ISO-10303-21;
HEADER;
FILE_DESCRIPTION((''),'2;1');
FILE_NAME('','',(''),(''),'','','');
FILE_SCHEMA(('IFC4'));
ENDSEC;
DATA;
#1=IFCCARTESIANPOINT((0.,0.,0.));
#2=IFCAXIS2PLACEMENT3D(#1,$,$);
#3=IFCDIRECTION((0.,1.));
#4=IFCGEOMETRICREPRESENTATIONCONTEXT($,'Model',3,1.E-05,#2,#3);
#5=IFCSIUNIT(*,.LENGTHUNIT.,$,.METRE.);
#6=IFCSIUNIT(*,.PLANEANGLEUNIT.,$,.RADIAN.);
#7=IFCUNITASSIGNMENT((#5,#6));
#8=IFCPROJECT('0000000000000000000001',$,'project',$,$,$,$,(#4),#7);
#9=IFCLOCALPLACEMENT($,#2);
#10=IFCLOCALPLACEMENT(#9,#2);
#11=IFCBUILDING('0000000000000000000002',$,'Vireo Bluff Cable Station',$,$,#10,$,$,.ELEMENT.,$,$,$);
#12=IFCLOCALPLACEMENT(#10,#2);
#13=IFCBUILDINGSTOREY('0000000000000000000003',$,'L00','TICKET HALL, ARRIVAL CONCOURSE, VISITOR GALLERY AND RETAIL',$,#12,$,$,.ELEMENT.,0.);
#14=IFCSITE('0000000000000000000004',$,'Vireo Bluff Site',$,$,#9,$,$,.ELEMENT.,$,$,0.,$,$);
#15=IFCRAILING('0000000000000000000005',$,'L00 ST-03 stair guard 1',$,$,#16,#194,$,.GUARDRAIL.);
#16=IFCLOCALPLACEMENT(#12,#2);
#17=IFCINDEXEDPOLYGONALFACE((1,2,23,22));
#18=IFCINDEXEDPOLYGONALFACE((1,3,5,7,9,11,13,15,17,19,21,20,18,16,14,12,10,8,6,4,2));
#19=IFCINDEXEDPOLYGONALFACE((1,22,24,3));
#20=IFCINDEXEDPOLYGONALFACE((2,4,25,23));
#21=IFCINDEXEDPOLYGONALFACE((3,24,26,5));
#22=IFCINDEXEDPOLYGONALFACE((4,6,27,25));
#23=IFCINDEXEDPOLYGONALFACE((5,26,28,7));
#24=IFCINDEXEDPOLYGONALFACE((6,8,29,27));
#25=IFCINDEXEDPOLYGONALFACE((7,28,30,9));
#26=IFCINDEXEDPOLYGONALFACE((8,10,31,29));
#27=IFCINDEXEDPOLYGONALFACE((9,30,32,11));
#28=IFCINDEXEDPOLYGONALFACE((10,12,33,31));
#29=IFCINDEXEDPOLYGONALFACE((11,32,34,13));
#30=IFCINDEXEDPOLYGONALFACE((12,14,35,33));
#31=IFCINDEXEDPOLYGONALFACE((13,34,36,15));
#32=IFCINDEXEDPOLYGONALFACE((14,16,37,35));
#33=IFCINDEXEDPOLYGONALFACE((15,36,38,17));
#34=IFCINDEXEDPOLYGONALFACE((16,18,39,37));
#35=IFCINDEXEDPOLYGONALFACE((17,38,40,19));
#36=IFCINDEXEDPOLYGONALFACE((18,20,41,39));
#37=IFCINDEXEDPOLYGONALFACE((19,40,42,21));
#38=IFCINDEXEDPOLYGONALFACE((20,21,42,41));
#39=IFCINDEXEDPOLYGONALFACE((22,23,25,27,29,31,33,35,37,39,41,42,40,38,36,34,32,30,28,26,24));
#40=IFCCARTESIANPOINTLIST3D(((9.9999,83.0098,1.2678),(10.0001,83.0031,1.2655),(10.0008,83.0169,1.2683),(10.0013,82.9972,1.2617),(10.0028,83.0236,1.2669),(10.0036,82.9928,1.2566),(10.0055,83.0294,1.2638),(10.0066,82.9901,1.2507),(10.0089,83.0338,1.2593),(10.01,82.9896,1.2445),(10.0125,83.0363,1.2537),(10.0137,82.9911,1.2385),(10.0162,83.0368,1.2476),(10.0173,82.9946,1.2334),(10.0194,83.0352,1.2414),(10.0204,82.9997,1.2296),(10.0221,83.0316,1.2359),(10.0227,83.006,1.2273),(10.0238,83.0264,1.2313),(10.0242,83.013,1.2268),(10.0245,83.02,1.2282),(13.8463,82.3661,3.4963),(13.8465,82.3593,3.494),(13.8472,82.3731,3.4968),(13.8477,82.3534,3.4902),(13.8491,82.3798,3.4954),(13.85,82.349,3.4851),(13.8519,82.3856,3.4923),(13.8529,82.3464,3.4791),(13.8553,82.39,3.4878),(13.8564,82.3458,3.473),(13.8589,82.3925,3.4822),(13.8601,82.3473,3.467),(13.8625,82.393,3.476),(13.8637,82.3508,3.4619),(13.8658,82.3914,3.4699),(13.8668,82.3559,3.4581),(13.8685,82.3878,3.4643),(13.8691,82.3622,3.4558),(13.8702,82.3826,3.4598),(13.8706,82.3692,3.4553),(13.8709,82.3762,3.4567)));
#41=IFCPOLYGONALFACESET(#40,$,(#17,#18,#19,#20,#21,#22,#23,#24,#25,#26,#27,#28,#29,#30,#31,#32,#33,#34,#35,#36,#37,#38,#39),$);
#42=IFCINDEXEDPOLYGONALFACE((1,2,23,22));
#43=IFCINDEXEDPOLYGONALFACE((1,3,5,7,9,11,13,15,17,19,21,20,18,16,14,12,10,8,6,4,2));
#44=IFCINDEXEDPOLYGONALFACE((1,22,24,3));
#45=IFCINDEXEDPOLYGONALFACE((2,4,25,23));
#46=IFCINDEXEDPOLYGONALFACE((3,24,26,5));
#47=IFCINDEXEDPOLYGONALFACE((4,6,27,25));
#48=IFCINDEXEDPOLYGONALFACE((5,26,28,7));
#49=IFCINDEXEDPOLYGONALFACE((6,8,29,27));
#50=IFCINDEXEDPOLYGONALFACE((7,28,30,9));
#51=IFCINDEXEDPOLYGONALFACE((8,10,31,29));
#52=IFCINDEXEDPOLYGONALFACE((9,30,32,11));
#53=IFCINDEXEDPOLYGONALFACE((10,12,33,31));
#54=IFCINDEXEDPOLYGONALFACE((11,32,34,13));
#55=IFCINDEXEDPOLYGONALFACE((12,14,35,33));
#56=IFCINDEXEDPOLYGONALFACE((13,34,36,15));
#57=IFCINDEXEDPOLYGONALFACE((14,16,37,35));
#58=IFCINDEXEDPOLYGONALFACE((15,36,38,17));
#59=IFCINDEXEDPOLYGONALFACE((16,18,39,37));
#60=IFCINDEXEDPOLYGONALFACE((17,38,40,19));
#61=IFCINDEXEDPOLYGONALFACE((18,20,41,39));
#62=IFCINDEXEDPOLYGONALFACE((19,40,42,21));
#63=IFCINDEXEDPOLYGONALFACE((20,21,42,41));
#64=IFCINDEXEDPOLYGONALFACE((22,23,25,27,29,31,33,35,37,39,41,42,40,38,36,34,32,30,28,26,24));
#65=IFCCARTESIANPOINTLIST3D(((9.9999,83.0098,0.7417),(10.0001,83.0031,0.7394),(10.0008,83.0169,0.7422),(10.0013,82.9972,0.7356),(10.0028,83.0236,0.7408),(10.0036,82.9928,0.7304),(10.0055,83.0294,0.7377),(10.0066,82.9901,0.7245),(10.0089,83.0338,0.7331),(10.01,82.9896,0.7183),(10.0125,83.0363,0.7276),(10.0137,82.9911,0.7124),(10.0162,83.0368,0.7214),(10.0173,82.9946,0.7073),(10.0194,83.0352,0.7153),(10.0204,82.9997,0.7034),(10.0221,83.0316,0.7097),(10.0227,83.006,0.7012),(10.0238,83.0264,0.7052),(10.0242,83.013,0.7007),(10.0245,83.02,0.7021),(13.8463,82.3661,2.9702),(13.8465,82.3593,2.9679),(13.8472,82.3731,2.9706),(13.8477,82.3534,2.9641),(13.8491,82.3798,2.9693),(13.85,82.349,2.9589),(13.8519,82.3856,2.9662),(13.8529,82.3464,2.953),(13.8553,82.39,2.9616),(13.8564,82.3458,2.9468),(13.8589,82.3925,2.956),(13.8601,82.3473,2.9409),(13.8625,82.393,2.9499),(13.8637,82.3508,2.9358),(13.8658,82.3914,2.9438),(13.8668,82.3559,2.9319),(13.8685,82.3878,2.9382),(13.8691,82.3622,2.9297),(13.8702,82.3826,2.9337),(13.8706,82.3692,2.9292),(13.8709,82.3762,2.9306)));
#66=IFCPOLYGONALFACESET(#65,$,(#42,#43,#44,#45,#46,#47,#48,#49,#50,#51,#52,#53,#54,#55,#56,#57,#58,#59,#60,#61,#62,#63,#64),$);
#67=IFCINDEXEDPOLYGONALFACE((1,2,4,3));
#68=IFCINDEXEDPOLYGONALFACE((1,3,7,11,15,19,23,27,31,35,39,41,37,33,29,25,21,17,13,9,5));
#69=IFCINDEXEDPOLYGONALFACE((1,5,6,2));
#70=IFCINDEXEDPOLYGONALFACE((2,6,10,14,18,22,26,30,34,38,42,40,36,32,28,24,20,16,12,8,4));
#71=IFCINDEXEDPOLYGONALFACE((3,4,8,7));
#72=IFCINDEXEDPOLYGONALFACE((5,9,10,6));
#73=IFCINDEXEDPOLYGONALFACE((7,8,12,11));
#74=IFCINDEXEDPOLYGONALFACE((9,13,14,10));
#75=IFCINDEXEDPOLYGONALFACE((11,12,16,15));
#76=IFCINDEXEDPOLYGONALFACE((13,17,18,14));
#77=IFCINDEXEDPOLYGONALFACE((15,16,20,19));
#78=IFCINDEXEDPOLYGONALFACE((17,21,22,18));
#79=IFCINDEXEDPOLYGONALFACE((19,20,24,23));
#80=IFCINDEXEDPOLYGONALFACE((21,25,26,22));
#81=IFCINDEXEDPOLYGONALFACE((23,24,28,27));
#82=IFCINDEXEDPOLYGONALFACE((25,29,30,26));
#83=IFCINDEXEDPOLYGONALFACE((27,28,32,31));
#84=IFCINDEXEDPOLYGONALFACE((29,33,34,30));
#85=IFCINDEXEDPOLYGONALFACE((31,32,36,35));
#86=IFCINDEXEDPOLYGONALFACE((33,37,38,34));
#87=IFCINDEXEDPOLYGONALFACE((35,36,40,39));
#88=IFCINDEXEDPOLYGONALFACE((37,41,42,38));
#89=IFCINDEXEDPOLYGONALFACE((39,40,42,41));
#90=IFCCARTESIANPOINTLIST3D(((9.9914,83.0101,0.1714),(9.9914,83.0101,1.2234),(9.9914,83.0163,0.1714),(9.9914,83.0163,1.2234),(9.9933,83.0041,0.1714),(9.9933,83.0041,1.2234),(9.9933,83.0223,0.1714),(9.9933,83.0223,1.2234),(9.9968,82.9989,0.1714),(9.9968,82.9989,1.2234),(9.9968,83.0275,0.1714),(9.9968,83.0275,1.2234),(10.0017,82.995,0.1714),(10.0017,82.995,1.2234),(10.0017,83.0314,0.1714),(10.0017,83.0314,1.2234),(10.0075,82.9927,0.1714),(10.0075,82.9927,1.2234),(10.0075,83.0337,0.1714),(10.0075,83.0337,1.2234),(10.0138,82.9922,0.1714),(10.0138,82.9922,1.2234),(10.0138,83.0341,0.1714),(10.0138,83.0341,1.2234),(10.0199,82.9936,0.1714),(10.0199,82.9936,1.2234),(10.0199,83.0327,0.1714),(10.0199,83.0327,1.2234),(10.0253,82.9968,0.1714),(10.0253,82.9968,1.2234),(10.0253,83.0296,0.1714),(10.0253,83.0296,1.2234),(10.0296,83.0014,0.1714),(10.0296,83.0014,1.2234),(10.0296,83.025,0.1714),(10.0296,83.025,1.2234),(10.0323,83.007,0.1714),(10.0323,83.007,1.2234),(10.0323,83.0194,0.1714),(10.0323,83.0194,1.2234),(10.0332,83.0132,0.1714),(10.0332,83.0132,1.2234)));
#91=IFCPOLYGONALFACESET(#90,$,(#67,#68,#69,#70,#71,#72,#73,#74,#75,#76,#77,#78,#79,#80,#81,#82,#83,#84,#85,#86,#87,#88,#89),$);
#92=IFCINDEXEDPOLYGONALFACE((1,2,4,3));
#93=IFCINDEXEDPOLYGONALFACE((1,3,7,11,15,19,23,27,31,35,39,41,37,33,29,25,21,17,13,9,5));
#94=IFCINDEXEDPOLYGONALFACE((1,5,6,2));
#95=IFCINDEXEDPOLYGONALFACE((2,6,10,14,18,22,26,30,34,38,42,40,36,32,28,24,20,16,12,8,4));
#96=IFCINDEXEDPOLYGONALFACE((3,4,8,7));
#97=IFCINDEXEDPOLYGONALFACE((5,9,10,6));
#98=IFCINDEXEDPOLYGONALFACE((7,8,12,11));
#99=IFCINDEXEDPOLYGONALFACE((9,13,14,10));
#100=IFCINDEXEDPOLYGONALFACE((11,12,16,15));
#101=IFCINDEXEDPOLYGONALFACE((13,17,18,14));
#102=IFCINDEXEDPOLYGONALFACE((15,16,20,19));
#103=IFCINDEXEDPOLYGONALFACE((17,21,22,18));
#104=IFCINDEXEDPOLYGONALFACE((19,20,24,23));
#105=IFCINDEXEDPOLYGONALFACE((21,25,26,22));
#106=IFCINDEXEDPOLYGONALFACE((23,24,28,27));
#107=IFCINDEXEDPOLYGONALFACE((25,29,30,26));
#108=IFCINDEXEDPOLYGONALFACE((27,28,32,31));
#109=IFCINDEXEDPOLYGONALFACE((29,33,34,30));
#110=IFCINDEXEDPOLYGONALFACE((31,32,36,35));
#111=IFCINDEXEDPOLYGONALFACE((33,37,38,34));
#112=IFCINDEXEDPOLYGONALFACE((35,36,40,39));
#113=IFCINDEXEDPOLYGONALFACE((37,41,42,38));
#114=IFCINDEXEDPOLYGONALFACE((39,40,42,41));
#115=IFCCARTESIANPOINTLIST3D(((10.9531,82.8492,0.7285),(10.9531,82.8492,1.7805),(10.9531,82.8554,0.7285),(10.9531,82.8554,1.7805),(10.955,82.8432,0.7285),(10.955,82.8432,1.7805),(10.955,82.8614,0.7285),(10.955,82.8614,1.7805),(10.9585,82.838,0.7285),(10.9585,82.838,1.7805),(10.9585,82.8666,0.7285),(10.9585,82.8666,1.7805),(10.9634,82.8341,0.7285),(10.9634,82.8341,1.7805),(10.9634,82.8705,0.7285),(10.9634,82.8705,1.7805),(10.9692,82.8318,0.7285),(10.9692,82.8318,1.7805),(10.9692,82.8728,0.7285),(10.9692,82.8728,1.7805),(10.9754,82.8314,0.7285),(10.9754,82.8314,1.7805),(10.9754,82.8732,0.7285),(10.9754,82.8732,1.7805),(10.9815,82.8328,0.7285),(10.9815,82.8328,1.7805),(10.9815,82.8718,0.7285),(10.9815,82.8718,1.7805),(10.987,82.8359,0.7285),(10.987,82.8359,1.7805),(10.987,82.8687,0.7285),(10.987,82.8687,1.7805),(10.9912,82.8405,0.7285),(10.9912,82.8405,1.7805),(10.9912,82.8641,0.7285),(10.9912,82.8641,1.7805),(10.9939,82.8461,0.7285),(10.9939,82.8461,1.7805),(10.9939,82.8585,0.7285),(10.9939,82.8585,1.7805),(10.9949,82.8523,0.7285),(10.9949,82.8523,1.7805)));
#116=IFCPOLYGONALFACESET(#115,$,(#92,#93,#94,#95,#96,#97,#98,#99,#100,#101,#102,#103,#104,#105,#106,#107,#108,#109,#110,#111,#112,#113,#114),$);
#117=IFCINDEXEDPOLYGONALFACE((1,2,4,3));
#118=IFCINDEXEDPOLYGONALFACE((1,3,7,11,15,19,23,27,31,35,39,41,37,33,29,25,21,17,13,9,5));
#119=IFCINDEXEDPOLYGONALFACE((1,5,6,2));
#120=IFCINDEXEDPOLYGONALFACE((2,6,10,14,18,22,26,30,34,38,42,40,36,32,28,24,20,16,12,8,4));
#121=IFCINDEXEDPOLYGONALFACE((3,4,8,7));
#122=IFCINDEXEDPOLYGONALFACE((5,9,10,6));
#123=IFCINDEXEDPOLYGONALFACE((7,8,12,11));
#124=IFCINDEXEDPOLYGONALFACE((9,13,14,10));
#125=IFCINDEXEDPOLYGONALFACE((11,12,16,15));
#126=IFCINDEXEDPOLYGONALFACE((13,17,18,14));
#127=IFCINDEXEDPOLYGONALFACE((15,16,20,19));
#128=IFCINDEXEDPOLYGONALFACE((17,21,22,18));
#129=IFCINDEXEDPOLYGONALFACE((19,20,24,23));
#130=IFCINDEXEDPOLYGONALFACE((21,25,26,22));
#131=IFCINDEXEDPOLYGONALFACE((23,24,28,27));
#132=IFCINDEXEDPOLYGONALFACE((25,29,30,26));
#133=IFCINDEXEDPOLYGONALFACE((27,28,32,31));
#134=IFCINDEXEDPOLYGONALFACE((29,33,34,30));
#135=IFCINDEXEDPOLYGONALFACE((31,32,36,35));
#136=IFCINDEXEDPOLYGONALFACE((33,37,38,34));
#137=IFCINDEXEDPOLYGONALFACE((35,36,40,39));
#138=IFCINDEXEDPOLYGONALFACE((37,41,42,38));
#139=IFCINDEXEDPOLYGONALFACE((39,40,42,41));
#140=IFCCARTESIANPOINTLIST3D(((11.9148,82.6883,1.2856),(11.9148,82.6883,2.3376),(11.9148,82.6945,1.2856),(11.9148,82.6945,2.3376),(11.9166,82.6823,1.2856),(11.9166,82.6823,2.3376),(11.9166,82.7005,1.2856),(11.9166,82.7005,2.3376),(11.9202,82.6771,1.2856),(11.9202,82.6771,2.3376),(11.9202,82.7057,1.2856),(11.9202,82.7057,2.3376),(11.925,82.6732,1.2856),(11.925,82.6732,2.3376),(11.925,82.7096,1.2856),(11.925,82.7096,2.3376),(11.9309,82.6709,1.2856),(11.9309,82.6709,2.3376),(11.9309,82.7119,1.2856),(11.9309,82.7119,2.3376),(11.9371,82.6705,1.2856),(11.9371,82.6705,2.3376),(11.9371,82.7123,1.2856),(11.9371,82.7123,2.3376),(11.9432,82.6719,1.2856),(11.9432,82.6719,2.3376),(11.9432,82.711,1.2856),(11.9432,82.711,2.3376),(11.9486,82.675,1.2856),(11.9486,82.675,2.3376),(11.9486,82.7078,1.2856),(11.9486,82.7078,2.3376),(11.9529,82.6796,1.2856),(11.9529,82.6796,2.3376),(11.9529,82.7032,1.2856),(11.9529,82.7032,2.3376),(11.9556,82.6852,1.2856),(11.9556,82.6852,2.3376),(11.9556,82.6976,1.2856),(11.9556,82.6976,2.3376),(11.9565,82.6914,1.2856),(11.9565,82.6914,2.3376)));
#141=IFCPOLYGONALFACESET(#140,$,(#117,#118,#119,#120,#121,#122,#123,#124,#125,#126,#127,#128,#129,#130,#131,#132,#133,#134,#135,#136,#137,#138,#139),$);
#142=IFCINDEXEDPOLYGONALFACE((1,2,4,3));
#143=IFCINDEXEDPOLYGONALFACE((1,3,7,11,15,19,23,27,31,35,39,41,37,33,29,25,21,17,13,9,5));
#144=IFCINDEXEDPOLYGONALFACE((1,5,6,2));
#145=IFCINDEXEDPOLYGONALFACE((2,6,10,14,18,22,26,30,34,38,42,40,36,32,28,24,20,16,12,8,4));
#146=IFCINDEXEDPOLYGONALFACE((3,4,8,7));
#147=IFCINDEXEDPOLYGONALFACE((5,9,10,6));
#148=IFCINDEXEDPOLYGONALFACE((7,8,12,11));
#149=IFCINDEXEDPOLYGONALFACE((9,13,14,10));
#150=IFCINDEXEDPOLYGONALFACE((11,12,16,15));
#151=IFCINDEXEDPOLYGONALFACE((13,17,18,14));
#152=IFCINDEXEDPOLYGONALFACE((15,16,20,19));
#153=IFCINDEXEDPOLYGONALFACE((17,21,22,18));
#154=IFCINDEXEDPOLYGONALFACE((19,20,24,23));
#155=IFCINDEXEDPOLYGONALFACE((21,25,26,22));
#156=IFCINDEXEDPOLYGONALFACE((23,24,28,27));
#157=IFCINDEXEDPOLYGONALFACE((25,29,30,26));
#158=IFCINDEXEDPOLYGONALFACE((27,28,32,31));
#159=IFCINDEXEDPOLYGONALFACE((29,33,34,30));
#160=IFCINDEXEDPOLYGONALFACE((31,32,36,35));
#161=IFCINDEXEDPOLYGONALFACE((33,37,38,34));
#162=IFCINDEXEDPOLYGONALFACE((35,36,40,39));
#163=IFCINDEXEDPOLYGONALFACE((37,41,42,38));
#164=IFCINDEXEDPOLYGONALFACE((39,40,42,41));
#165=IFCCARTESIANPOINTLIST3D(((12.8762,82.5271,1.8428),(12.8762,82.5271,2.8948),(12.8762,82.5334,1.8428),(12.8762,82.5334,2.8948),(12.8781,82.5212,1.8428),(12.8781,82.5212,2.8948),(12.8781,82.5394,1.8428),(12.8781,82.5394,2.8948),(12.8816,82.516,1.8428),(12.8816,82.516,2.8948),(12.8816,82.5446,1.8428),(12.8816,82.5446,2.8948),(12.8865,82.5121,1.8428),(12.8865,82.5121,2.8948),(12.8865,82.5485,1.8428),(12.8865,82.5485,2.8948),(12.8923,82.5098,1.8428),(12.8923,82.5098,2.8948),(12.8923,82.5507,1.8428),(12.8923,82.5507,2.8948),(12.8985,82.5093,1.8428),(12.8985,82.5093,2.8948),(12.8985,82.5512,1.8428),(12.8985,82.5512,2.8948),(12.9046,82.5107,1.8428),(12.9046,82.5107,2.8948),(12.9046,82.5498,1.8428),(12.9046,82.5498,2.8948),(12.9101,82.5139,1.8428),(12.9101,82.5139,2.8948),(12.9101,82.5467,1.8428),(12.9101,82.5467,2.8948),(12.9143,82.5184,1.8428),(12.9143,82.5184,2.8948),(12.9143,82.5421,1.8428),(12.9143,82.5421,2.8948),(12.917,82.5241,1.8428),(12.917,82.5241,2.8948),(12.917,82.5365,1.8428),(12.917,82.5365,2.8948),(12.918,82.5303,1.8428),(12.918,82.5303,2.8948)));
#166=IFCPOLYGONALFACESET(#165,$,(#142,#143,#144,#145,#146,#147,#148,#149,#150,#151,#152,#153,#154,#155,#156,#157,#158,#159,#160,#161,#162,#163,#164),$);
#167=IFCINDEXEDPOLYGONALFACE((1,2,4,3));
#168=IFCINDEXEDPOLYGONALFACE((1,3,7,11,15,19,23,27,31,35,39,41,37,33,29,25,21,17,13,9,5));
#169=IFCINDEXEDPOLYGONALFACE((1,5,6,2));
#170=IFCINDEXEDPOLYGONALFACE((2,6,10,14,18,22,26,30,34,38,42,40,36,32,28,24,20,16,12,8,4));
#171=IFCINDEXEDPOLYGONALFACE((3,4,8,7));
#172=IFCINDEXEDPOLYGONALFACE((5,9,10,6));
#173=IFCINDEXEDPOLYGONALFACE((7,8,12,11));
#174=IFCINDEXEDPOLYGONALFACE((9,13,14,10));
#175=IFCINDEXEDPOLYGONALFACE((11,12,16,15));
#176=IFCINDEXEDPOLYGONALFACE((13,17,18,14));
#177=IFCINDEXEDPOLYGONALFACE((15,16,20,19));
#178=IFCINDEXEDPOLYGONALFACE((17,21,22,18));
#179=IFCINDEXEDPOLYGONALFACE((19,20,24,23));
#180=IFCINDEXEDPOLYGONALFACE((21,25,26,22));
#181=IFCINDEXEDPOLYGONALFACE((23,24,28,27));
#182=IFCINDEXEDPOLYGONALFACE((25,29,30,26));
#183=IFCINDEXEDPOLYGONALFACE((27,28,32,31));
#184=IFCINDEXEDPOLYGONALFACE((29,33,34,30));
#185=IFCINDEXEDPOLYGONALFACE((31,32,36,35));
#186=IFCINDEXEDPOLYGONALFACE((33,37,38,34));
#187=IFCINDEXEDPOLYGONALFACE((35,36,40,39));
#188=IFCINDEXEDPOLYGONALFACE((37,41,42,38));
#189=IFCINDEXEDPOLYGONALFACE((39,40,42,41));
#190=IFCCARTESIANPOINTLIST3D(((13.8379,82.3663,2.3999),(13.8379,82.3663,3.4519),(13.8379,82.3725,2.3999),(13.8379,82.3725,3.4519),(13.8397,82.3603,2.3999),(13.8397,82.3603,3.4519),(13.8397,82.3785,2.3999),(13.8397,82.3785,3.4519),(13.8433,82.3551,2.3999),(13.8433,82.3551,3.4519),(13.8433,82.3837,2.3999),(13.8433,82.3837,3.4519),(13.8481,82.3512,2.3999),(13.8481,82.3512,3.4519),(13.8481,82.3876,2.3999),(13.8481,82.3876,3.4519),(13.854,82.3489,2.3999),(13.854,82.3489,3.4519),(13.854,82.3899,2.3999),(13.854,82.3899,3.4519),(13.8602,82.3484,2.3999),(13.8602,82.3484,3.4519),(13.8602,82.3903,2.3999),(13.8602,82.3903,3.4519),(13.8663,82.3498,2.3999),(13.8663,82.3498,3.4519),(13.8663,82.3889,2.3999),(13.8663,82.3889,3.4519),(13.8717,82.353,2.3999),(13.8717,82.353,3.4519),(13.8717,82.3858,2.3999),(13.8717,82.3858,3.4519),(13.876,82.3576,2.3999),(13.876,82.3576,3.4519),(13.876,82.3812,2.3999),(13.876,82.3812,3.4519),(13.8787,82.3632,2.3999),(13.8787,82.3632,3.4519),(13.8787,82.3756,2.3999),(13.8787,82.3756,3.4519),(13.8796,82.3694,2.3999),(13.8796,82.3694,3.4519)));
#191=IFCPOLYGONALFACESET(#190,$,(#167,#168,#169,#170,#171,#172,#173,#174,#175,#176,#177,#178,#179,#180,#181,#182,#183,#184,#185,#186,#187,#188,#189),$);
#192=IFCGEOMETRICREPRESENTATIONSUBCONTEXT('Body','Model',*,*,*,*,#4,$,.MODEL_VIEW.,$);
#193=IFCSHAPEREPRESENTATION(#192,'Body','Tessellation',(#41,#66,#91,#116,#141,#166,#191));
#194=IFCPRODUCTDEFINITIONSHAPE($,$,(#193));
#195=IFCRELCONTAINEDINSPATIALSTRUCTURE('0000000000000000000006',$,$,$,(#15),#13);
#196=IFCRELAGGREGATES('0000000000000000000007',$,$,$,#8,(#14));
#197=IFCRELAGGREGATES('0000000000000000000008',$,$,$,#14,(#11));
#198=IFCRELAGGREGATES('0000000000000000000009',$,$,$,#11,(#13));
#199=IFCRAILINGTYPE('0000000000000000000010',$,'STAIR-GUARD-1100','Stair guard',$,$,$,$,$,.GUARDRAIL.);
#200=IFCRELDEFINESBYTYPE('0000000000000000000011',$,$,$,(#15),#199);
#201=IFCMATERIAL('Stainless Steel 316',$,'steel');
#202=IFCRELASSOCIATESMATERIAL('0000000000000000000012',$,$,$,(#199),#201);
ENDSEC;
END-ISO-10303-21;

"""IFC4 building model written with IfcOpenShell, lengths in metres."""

from ifc_helpers import new_model, si_unit, direction, frame, origin, origin_2d, place, context, subcontext, project, spatial, circle, extrude, material, type_object, element, save


model = new_model("IFC4")

# Units and contexts
model_context = context("Model", 3, precision=1e-05, world=origin(), true_north=direction((0.0, 1.0)))
body_context = subcontext(model_context, "Body", "Model", "MODEL_VIEW")
ifc_project = project(units=[si_unit("LENGTHUNIT", "METRE"), si_unit("PLANEANGLEUNIT", "RADIAN")], contexts=[model_context])

# Site, building, storey
site_placement = place(None, origin())
site = spatial("IfcSite", under=ifc_project, at=site_placement, Name="Vireo Bluff Site", CompositionType="ELEMENT", RefElevation=0.0)
building_placement = place(site_placement, origin())
building = spatial("IfcBuilding", under=site, at=building_placement, Name="Vireo Bluff Cable Station", CompositionType="ELEMENT")
storey_placement = place(building_placement, origin())
storey = spatial("IfcBuildingStorey", under=building, at=storey_placement, Name="L00", Description="TICKET HALL, ARRIVAL CONCOURSE, VISITOR GALLERY AND RETAIL", CompositionType="ELEMENT", Elevation=0.0)

# Railing
ifc_material_1 = material(Name="Stainless Steel 316", Category="steel")
railing_type_1 = type_object("IfcRailingType", Name="STAIR-GUARD-1100", Description="Stair guard", PredefinedType="GUARDRAIL", material=ifc_material_1)
railing_1_placement = place(storey_placement, frame((10.0122, 83.0132, 0.1714)))
element("IfcRailing", 1, at=railing_1_placement, inside=storey, type_object=railing_type_1, Name="L00 ST-03 stair guard 1", PredefinedType="GUARDRAIL", context=body_context, shape_type="SweptSolid", body=[
    extrude(circle(Radius=0.0239, at=origin_2d()), frame((0.0, 0.0, 1.0762), z_axis=(0.856333, -0.143329, 0.496135), x_axis=(0.165079, 0.98628, 0.0)), (0.0, 0.0, 1.0), 4.4917),
    extrude(circle(Radius=0.0239, at=origin_2d()), frame((0.0, 0.0, 0.55), z_axis=(0.856333, -0.143329, 0.496135), x_axis=(0.165079, 0.98628, 0.0)), (0.0, 0.0, 1.0), 4.4917),
    extrude(circle(Radius=0.021, at=origin_2d()), origin(), (0.0, 0.0, 1.0), 1.052),
    extrude(circle(Radius=0.021, at=origin_2d()), frame((0.9617, -0.1609, 0.5571)), (0.0, 0.0, 1.0), 1.052),
    extrude(circle(Radius=0.021, at=origin_2d()), frame((1.9233, -0.3218, 1.1143)), (0.0, 0.0, 1.0), 1.052),
    extrude(circle(Radius=0.021, at=origin_2d()), frame((2.8848, -0.4829, 1.6714)), (0.0, 0.0, 1.0), 1.052),
    extrude(circle(Radius=0.021, at=origin_2d()), frame((3.8464, -0.6438, 2.2285)), (0.0, 0.0, 1.0), 1.052),
])

save(model, "model.ifc")
